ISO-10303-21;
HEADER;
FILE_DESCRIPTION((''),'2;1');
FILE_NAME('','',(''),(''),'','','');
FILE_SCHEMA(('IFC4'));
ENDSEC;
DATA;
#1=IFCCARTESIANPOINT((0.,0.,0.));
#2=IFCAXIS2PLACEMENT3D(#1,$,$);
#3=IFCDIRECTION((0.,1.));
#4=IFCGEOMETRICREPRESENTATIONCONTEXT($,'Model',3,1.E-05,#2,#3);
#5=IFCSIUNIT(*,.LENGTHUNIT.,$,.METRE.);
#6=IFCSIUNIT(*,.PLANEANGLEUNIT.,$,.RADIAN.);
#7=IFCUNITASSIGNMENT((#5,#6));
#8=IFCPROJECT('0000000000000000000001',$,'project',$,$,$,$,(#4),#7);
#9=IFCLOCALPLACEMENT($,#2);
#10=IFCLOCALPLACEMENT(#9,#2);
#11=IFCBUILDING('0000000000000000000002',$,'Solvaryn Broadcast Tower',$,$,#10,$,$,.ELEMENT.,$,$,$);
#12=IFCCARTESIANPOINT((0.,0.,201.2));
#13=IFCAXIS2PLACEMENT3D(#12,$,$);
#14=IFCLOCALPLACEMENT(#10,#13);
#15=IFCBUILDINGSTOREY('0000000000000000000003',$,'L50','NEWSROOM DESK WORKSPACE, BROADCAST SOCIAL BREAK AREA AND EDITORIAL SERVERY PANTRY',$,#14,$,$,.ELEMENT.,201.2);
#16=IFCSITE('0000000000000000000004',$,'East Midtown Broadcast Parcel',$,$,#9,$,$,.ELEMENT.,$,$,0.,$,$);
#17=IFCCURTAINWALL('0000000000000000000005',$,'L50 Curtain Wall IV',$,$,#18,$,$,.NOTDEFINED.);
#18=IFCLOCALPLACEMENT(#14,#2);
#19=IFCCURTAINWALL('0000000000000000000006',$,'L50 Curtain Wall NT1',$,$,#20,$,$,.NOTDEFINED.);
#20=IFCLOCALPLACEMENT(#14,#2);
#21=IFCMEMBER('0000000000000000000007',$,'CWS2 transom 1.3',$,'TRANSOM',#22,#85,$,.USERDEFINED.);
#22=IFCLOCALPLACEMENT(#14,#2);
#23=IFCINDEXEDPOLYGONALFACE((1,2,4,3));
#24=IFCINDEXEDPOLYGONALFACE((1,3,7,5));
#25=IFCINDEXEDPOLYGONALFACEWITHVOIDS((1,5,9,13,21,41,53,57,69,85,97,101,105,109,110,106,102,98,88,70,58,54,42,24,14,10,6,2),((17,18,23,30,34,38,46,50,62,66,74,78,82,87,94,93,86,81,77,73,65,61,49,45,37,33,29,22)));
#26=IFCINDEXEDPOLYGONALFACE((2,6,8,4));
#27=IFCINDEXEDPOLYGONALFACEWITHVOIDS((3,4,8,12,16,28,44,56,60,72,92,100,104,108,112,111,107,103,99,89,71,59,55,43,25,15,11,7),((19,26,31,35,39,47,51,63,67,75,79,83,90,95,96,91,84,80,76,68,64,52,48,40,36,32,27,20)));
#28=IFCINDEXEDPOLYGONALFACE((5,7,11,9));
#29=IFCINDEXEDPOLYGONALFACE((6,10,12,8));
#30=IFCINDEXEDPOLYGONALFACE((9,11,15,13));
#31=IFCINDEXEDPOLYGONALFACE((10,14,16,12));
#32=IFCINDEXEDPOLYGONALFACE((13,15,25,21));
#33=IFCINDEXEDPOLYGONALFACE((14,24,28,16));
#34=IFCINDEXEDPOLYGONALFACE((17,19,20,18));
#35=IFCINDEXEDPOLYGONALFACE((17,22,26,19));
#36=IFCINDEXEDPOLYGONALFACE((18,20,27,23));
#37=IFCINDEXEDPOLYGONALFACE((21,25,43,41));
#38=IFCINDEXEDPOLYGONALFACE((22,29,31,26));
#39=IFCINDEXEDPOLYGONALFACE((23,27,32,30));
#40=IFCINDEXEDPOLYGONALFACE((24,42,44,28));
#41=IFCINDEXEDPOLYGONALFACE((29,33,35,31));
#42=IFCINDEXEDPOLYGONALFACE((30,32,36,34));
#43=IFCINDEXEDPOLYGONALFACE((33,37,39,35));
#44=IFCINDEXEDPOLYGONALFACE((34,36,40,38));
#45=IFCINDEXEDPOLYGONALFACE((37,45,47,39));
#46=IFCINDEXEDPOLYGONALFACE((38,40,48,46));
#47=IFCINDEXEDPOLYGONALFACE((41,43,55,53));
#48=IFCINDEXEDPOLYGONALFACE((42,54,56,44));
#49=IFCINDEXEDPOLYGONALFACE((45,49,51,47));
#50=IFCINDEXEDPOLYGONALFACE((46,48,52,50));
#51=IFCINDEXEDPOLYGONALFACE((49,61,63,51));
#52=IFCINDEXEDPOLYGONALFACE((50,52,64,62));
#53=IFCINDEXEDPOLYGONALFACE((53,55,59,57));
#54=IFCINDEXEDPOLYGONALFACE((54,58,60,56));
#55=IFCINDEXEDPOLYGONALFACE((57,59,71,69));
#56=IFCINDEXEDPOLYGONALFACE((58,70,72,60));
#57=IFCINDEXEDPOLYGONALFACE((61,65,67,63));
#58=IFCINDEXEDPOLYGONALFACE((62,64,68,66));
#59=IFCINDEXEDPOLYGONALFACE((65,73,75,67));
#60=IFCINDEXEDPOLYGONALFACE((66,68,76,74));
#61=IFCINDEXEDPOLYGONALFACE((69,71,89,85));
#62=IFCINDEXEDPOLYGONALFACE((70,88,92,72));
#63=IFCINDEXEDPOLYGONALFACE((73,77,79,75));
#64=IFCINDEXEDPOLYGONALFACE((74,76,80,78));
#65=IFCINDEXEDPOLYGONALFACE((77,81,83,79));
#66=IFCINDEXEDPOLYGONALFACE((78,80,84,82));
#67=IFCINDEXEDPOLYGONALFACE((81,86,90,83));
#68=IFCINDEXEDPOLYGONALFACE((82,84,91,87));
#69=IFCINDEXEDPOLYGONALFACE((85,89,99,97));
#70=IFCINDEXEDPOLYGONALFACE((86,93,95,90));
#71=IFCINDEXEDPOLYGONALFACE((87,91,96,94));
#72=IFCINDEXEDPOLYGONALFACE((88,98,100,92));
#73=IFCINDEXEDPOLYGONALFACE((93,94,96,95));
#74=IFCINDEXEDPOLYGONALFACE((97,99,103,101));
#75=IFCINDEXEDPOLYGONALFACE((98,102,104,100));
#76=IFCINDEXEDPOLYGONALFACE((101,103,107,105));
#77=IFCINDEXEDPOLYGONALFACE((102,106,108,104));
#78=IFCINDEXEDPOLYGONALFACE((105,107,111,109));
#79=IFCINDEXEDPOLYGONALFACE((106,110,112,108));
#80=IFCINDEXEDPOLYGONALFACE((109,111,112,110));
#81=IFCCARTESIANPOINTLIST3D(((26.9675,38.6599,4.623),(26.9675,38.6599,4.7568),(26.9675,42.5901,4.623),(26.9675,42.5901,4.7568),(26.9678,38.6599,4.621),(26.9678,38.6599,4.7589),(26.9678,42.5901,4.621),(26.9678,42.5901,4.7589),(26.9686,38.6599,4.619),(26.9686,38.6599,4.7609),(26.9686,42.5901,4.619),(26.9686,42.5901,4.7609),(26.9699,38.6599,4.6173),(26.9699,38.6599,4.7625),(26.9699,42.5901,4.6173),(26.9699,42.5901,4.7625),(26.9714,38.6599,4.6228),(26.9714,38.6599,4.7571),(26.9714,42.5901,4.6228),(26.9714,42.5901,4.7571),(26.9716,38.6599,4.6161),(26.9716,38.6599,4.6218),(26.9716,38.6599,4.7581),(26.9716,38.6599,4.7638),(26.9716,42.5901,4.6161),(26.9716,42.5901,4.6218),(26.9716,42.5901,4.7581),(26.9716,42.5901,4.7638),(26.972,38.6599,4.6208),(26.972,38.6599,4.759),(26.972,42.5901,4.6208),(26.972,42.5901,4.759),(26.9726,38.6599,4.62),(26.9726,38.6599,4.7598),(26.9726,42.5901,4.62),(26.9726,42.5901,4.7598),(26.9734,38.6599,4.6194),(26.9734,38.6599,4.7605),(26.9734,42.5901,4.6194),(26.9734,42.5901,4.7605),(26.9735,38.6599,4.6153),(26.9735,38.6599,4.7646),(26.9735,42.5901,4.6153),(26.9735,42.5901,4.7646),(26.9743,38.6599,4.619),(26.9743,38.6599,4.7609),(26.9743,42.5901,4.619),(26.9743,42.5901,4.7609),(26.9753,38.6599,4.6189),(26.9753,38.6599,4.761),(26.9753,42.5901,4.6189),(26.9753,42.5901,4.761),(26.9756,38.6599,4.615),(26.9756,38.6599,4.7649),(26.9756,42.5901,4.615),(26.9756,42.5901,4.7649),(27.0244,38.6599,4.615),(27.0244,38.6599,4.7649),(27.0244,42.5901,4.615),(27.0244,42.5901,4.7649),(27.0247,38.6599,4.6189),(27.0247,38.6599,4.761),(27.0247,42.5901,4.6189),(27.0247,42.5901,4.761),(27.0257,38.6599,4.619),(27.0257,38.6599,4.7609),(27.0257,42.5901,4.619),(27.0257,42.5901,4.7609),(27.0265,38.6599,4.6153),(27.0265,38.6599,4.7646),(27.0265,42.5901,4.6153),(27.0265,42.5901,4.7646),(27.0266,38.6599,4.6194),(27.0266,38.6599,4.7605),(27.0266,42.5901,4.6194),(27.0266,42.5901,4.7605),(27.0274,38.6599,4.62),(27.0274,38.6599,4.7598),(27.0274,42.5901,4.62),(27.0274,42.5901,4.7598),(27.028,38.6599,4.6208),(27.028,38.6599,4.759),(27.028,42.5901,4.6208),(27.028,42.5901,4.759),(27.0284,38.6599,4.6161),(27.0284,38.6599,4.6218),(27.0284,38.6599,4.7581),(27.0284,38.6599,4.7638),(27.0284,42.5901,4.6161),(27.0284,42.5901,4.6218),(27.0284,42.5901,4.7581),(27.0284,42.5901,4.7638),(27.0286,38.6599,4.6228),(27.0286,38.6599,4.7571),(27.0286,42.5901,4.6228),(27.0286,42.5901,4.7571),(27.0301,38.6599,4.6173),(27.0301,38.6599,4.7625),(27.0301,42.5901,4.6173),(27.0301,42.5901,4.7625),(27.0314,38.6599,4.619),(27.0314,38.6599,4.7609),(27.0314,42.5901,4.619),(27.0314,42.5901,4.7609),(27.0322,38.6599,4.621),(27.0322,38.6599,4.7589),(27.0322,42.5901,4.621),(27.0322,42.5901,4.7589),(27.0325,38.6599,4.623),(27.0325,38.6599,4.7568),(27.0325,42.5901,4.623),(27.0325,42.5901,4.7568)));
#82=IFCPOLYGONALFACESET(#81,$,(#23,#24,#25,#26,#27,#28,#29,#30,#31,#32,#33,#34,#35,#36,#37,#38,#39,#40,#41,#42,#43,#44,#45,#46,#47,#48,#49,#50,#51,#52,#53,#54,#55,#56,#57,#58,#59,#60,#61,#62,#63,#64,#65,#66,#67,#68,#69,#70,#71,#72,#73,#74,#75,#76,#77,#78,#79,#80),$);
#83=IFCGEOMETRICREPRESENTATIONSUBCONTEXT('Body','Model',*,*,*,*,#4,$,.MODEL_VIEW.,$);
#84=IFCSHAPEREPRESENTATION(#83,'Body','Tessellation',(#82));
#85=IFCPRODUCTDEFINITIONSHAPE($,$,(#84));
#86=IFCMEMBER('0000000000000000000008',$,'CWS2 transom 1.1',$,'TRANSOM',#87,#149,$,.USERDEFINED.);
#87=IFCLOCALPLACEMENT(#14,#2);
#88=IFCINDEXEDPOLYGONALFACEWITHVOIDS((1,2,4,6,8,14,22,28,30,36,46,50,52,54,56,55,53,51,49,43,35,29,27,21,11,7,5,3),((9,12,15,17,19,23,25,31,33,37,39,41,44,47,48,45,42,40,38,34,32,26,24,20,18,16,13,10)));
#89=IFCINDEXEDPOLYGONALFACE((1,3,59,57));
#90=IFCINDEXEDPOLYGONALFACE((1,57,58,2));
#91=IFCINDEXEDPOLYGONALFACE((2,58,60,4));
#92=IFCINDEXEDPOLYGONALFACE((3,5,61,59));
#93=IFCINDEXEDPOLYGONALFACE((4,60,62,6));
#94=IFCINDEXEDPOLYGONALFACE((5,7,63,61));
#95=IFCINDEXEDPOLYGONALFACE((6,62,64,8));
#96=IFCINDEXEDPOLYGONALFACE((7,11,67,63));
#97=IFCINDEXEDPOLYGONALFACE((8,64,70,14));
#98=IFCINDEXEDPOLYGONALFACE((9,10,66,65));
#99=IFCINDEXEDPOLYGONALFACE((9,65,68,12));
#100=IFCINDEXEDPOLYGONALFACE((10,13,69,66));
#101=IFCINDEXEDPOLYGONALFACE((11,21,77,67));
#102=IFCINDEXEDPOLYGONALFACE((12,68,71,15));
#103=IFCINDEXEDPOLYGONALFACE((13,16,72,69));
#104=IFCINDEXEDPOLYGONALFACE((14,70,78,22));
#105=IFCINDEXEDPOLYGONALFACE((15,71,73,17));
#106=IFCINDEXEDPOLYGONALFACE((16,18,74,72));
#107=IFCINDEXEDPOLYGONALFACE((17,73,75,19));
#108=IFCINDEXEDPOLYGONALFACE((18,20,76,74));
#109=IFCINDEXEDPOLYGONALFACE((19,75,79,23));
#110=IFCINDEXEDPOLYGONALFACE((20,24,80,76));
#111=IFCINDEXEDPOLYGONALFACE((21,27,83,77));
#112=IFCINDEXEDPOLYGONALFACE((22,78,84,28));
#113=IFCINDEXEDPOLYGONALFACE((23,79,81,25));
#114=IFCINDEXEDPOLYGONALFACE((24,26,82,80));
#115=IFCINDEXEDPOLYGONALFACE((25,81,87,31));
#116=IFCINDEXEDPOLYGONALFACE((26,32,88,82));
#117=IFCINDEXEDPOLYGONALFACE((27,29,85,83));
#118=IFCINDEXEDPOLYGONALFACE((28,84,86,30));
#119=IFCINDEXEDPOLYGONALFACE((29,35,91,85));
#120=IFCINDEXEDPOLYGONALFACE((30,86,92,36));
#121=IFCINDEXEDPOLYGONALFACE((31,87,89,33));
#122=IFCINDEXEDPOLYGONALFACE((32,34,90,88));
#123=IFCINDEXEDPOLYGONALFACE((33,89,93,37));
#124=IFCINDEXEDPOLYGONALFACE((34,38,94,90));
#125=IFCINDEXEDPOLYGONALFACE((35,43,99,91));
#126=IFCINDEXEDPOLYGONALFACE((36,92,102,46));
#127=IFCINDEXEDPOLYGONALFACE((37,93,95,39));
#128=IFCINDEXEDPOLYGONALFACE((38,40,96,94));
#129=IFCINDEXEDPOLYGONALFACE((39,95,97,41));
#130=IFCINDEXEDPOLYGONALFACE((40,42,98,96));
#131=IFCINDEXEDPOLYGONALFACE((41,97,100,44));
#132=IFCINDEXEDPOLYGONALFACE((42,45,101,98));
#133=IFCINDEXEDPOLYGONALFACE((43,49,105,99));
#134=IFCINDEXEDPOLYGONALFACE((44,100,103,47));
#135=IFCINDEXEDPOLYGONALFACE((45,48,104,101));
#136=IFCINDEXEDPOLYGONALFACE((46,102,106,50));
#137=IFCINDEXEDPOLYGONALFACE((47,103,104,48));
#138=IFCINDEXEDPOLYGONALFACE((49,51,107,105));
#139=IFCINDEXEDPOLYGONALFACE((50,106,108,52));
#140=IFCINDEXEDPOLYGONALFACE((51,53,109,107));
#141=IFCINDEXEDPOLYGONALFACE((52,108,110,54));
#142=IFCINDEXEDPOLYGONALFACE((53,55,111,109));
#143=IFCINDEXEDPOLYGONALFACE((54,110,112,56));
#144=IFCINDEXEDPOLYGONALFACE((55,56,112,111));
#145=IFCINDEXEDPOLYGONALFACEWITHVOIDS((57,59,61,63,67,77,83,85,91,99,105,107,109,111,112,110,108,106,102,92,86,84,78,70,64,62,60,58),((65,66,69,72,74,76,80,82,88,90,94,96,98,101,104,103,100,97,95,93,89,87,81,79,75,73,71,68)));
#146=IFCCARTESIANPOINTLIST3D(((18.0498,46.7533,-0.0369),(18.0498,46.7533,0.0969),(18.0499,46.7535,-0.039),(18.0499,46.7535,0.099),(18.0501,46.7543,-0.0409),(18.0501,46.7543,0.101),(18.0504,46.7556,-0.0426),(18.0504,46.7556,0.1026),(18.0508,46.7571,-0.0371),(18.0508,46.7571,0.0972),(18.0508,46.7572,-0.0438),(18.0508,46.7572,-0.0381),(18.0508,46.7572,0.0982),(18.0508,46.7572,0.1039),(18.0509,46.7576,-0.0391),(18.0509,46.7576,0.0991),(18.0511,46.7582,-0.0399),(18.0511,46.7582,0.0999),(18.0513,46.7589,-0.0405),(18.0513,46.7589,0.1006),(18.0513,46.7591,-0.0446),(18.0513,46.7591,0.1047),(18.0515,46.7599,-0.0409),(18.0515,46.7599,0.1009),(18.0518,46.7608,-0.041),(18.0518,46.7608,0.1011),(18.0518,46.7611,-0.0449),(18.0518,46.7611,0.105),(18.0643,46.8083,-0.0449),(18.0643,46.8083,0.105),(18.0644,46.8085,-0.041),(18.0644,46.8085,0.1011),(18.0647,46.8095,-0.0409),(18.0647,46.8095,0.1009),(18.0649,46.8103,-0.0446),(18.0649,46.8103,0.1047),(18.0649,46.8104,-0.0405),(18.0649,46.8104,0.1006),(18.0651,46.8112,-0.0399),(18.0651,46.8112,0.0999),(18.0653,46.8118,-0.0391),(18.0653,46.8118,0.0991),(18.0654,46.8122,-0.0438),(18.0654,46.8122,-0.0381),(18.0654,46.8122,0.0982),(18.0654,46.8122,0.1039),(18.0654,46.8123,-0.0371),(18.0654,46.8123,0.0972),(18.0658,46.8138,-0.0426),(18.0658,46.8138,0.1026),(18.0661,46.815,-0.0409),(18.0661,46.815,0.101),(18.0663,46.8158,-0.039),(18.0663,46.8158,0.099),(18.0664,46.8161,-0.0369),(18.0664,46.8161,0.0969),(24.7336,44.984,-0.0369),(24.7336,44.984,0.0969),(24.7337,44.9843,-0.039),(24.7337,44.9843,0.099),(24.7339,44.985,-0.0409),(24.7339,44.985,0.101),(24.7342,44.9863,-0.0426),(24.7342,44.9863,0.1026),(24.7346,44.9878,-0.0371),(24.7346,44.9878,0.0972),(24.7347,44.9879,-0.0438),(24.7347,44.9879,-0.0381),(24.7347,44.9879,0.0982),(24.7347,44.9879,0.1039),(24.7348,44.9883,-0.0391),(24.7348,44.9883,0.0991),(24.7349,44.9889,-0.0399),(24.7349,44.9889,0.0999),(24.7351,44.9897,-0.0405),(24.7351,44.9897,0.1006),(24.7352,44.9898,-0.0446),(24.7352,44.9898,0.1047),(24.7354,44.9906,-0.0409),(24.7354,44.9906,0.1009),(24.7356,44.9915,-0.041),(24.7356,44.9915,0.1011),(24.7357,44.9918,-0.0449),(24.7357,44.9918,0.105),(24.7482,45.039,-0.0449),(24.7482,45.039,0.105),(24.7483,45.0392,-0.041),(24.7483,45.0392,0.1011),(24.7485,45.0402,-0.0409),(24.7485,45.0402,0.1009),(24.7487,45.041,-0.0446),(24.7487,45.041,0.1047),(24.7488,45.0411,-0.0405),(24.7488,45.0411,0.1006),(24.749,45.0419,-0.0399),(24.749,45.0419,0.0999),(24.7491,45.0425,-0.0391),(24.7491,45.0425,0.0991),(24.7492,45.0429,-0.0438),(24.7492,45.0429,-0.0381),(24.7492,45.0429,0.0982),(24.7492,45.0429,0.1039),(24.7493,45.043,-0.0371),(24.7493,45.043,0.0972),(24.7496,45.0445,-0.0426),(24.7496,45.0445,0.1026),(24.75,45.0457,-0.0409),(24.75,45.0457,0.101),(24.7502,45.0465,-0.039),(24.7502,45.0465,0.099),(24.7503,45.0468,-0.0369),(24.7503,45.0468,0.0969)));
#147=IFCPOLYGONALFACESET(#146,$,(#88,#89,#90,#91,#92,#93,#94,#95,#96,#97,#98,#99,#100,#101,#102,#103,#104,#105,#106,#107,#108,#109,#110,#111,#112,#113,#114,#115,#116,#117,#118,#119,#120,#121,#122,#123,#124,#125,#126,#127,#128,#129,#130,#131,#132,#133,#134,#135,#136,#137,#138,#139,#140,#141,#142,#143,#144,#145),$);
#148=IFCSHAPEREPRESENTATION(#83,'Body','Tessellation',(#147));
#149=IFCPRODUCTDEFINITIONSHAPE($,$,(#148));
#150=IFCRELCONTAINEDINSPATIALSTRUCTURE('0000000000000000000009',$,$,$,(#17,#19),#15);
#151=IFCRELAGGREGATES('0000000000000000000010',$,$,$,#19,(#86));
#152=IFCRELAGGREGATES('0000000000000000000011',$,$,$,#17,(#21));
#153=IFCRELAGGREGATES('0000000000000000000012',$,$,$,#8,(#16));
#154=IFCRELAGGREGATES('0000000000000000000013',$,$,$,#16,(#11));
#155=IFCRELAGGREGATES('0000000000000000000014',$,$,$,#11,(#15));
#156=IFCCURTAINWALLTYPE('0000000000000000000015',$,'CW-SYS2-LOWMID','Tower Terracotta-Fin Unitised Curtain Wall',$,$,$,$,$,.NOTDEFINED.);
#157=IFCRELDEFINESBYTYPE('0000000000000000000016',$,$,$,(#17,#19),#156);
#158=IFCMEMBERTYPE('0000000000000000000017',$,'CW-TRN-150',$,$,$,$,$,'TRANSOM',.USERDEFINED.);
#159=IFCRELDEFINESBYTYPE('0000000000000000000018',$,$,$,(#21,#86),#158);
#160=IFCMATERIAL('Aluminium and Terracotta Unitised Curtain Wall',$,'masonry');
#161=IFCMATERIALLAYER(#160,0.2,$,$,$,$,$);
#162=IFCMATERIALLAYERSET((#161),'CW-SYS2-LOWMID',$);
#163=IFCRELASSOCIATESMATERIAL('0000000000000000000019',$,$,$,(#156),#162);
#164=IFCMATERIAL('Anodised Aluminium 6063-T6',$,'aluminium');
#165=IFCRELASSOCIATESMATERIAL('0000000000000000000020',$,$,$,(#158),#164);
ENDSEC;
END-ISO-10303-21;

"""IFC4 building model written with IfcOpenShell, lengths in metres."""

from ifc_helpers import new_model, si_unit, direction, frame, origin, origin_2d, place, context, subcontext, project, spatial, hollow_rectangle, extrude, material, layer, layer_set, material_profile, profile_set, type_object, element, aggregate, save


model = new_model("IFC4")

# Units and contexts
model_context = context("Model", 3, precision=1e-05, world=origin(), true_north=direction((0.0, 1.0)))
body_context = subcontext(model_context, "Body", "Model", "MODEL_VIEW")
ifc_project = project(units=[si_unit("LENGTHUNIT", "METRE"), si_unit("PLANEANGLEUNIT", "RADIAN")], contexts=[model_context])

# Site, building, storey
site_placement = place(None, origin())
site = spatial("IfcSite", under=ifc_project, at=site_placement, Name="East Midtown Broadcast Parcel", CompositionType="ELEMENT", RefElevation=0.0)
building_placement = place(site_placement, origin())
building = spatial("IfcBuilding", under=site, at=building_placement, Name="Solvaryn Broadcast Tower", CompositionType="ELEMENT")
storey_placement = place(building_placement, frame((0.0, 0.0, 201.2)))
storey = spatial("IfcBuildingStorey", under=building, at=storey_placement, Name="L50", Description="NEWSROOM DESK WORKSPACE, BROADCAST SOCIAL BREAK AREA AND EDITORIAL SERVERY PANTRY", CompositionType="ELEMENT", Elevation=201.2)

# Curtain wall
ifc_material_1 = material(Name="Aluminium and Terracotta Unitised Curtain Wall", Category="masonry")
ifc_layer_1 = layer(ifc_material_1, 0.2)
ifc_layer_set_1 = layer_set([ifc_layer_1], Name="CW-SYS2-LOWMID")
curtain_wall_type = type_object("IfcCurtainWallType", Name="CW-SYS2-LOWMID", Description="Tower Terracotta-Fin Unitised Curtain Wall", PredefinedType="NOTDEFINED", material=ifc_layer_set_1)
curtain_wall_1_placement = place(storey_placement, origin())
curtain_wall_1 = element("IfcCurtainWall", 1, at=curtain_wall_1_placement, inside=storey, type_object=curtain_wall_type, Name="L50 Curtain Wall IV", PredefinedType="NOTDEFINED")

# Curtain wall
curtain_wall_2_placement = place(storey_placement, origin())
curtain_wall_2 = element("IfcCurtainWall", 2, at=curtain_wall_2_placement, inside=storey, type_object=curtain_wall_type, Name="L50 Curtain Wall NT1", PredefinedType="NOTDEFINED")

# Members
ifc_material_2 = material(Name="Anodised Aluminium 6063-T6", Category="aluminium")
ifc_material_profile_1 = material_profile(ifc_material_2, hollow_rectangle(XDim=0.0649, YDim=0.1499, WallThickness=0.0039, InnerFilletRadius=0.0039, OuterFilletRadius=0.0081, at=origin_2d()))
ifc_profile_set_1 = profile_set([ifc_material_profile_1], Name="Anodised Aluminium 6063-T6")
member_type_1 = type_object("IfcMemberType", Name="CW-TRN-150", ElementType="TRANSOM", PredefinedType="USERDEFINED", material=ifc_profile_set_1)
member_1_placement = place(storey_placement, frame((27.0, 42.5901, 4.6899), z_axis=(0.0, -1.0, 0.0), x_axis=(1.0, 0.0, 0.0)))
member_1 = element("IfcMember", 3, at=member_1_placement, type_object=member_type_1, Name="CWS2 transom 1.3", ObjectType="TRANSOM", PredefinedType="USERDEFINED", context=body_context, shape_type="SweptSolid", body=[
    extrude(hollow_rectangle(XDim=0.0649, YDim=0.1499, WallThickness=0.0039, InnerFilletRadius=0.0039, OuterFilletRadius=0.0081, at=origin_2d()), origin(), (0.0, 0.0, 1.0), 3.9302),
])
member_2_placement = place(storey_placement, frame((24.7419, 45.0154, 0.03), z_axis=(-0.966704, 0.255897, 0.0), x_axis=(-0.255897, -0.966704, 0.0)))
member_2 = element("IfcMember", 4, at=member_2_placement, type_object=member_type_1, Name="CWS2 transom 1.1", ObjectType="TRANSOM", PredefinedType="USERDEFINED", context=body_context, shape_type="SweptSolid", body=[
    extrude(hollow_rectangle(XDim=0.0649, YDim=0.1499, WallThickness=0.0039, InnerFilletRadius=0.0039, OuterFilletRadius=0.0081, at=origin_2d()), origin(), (0.0, 0.0, 1.0), 6.9141),
])
aggregate(curtain_wall_2, [member_2])

aggregate(curtain_wall_1, [member_1])

save(model, "model.ifc")
